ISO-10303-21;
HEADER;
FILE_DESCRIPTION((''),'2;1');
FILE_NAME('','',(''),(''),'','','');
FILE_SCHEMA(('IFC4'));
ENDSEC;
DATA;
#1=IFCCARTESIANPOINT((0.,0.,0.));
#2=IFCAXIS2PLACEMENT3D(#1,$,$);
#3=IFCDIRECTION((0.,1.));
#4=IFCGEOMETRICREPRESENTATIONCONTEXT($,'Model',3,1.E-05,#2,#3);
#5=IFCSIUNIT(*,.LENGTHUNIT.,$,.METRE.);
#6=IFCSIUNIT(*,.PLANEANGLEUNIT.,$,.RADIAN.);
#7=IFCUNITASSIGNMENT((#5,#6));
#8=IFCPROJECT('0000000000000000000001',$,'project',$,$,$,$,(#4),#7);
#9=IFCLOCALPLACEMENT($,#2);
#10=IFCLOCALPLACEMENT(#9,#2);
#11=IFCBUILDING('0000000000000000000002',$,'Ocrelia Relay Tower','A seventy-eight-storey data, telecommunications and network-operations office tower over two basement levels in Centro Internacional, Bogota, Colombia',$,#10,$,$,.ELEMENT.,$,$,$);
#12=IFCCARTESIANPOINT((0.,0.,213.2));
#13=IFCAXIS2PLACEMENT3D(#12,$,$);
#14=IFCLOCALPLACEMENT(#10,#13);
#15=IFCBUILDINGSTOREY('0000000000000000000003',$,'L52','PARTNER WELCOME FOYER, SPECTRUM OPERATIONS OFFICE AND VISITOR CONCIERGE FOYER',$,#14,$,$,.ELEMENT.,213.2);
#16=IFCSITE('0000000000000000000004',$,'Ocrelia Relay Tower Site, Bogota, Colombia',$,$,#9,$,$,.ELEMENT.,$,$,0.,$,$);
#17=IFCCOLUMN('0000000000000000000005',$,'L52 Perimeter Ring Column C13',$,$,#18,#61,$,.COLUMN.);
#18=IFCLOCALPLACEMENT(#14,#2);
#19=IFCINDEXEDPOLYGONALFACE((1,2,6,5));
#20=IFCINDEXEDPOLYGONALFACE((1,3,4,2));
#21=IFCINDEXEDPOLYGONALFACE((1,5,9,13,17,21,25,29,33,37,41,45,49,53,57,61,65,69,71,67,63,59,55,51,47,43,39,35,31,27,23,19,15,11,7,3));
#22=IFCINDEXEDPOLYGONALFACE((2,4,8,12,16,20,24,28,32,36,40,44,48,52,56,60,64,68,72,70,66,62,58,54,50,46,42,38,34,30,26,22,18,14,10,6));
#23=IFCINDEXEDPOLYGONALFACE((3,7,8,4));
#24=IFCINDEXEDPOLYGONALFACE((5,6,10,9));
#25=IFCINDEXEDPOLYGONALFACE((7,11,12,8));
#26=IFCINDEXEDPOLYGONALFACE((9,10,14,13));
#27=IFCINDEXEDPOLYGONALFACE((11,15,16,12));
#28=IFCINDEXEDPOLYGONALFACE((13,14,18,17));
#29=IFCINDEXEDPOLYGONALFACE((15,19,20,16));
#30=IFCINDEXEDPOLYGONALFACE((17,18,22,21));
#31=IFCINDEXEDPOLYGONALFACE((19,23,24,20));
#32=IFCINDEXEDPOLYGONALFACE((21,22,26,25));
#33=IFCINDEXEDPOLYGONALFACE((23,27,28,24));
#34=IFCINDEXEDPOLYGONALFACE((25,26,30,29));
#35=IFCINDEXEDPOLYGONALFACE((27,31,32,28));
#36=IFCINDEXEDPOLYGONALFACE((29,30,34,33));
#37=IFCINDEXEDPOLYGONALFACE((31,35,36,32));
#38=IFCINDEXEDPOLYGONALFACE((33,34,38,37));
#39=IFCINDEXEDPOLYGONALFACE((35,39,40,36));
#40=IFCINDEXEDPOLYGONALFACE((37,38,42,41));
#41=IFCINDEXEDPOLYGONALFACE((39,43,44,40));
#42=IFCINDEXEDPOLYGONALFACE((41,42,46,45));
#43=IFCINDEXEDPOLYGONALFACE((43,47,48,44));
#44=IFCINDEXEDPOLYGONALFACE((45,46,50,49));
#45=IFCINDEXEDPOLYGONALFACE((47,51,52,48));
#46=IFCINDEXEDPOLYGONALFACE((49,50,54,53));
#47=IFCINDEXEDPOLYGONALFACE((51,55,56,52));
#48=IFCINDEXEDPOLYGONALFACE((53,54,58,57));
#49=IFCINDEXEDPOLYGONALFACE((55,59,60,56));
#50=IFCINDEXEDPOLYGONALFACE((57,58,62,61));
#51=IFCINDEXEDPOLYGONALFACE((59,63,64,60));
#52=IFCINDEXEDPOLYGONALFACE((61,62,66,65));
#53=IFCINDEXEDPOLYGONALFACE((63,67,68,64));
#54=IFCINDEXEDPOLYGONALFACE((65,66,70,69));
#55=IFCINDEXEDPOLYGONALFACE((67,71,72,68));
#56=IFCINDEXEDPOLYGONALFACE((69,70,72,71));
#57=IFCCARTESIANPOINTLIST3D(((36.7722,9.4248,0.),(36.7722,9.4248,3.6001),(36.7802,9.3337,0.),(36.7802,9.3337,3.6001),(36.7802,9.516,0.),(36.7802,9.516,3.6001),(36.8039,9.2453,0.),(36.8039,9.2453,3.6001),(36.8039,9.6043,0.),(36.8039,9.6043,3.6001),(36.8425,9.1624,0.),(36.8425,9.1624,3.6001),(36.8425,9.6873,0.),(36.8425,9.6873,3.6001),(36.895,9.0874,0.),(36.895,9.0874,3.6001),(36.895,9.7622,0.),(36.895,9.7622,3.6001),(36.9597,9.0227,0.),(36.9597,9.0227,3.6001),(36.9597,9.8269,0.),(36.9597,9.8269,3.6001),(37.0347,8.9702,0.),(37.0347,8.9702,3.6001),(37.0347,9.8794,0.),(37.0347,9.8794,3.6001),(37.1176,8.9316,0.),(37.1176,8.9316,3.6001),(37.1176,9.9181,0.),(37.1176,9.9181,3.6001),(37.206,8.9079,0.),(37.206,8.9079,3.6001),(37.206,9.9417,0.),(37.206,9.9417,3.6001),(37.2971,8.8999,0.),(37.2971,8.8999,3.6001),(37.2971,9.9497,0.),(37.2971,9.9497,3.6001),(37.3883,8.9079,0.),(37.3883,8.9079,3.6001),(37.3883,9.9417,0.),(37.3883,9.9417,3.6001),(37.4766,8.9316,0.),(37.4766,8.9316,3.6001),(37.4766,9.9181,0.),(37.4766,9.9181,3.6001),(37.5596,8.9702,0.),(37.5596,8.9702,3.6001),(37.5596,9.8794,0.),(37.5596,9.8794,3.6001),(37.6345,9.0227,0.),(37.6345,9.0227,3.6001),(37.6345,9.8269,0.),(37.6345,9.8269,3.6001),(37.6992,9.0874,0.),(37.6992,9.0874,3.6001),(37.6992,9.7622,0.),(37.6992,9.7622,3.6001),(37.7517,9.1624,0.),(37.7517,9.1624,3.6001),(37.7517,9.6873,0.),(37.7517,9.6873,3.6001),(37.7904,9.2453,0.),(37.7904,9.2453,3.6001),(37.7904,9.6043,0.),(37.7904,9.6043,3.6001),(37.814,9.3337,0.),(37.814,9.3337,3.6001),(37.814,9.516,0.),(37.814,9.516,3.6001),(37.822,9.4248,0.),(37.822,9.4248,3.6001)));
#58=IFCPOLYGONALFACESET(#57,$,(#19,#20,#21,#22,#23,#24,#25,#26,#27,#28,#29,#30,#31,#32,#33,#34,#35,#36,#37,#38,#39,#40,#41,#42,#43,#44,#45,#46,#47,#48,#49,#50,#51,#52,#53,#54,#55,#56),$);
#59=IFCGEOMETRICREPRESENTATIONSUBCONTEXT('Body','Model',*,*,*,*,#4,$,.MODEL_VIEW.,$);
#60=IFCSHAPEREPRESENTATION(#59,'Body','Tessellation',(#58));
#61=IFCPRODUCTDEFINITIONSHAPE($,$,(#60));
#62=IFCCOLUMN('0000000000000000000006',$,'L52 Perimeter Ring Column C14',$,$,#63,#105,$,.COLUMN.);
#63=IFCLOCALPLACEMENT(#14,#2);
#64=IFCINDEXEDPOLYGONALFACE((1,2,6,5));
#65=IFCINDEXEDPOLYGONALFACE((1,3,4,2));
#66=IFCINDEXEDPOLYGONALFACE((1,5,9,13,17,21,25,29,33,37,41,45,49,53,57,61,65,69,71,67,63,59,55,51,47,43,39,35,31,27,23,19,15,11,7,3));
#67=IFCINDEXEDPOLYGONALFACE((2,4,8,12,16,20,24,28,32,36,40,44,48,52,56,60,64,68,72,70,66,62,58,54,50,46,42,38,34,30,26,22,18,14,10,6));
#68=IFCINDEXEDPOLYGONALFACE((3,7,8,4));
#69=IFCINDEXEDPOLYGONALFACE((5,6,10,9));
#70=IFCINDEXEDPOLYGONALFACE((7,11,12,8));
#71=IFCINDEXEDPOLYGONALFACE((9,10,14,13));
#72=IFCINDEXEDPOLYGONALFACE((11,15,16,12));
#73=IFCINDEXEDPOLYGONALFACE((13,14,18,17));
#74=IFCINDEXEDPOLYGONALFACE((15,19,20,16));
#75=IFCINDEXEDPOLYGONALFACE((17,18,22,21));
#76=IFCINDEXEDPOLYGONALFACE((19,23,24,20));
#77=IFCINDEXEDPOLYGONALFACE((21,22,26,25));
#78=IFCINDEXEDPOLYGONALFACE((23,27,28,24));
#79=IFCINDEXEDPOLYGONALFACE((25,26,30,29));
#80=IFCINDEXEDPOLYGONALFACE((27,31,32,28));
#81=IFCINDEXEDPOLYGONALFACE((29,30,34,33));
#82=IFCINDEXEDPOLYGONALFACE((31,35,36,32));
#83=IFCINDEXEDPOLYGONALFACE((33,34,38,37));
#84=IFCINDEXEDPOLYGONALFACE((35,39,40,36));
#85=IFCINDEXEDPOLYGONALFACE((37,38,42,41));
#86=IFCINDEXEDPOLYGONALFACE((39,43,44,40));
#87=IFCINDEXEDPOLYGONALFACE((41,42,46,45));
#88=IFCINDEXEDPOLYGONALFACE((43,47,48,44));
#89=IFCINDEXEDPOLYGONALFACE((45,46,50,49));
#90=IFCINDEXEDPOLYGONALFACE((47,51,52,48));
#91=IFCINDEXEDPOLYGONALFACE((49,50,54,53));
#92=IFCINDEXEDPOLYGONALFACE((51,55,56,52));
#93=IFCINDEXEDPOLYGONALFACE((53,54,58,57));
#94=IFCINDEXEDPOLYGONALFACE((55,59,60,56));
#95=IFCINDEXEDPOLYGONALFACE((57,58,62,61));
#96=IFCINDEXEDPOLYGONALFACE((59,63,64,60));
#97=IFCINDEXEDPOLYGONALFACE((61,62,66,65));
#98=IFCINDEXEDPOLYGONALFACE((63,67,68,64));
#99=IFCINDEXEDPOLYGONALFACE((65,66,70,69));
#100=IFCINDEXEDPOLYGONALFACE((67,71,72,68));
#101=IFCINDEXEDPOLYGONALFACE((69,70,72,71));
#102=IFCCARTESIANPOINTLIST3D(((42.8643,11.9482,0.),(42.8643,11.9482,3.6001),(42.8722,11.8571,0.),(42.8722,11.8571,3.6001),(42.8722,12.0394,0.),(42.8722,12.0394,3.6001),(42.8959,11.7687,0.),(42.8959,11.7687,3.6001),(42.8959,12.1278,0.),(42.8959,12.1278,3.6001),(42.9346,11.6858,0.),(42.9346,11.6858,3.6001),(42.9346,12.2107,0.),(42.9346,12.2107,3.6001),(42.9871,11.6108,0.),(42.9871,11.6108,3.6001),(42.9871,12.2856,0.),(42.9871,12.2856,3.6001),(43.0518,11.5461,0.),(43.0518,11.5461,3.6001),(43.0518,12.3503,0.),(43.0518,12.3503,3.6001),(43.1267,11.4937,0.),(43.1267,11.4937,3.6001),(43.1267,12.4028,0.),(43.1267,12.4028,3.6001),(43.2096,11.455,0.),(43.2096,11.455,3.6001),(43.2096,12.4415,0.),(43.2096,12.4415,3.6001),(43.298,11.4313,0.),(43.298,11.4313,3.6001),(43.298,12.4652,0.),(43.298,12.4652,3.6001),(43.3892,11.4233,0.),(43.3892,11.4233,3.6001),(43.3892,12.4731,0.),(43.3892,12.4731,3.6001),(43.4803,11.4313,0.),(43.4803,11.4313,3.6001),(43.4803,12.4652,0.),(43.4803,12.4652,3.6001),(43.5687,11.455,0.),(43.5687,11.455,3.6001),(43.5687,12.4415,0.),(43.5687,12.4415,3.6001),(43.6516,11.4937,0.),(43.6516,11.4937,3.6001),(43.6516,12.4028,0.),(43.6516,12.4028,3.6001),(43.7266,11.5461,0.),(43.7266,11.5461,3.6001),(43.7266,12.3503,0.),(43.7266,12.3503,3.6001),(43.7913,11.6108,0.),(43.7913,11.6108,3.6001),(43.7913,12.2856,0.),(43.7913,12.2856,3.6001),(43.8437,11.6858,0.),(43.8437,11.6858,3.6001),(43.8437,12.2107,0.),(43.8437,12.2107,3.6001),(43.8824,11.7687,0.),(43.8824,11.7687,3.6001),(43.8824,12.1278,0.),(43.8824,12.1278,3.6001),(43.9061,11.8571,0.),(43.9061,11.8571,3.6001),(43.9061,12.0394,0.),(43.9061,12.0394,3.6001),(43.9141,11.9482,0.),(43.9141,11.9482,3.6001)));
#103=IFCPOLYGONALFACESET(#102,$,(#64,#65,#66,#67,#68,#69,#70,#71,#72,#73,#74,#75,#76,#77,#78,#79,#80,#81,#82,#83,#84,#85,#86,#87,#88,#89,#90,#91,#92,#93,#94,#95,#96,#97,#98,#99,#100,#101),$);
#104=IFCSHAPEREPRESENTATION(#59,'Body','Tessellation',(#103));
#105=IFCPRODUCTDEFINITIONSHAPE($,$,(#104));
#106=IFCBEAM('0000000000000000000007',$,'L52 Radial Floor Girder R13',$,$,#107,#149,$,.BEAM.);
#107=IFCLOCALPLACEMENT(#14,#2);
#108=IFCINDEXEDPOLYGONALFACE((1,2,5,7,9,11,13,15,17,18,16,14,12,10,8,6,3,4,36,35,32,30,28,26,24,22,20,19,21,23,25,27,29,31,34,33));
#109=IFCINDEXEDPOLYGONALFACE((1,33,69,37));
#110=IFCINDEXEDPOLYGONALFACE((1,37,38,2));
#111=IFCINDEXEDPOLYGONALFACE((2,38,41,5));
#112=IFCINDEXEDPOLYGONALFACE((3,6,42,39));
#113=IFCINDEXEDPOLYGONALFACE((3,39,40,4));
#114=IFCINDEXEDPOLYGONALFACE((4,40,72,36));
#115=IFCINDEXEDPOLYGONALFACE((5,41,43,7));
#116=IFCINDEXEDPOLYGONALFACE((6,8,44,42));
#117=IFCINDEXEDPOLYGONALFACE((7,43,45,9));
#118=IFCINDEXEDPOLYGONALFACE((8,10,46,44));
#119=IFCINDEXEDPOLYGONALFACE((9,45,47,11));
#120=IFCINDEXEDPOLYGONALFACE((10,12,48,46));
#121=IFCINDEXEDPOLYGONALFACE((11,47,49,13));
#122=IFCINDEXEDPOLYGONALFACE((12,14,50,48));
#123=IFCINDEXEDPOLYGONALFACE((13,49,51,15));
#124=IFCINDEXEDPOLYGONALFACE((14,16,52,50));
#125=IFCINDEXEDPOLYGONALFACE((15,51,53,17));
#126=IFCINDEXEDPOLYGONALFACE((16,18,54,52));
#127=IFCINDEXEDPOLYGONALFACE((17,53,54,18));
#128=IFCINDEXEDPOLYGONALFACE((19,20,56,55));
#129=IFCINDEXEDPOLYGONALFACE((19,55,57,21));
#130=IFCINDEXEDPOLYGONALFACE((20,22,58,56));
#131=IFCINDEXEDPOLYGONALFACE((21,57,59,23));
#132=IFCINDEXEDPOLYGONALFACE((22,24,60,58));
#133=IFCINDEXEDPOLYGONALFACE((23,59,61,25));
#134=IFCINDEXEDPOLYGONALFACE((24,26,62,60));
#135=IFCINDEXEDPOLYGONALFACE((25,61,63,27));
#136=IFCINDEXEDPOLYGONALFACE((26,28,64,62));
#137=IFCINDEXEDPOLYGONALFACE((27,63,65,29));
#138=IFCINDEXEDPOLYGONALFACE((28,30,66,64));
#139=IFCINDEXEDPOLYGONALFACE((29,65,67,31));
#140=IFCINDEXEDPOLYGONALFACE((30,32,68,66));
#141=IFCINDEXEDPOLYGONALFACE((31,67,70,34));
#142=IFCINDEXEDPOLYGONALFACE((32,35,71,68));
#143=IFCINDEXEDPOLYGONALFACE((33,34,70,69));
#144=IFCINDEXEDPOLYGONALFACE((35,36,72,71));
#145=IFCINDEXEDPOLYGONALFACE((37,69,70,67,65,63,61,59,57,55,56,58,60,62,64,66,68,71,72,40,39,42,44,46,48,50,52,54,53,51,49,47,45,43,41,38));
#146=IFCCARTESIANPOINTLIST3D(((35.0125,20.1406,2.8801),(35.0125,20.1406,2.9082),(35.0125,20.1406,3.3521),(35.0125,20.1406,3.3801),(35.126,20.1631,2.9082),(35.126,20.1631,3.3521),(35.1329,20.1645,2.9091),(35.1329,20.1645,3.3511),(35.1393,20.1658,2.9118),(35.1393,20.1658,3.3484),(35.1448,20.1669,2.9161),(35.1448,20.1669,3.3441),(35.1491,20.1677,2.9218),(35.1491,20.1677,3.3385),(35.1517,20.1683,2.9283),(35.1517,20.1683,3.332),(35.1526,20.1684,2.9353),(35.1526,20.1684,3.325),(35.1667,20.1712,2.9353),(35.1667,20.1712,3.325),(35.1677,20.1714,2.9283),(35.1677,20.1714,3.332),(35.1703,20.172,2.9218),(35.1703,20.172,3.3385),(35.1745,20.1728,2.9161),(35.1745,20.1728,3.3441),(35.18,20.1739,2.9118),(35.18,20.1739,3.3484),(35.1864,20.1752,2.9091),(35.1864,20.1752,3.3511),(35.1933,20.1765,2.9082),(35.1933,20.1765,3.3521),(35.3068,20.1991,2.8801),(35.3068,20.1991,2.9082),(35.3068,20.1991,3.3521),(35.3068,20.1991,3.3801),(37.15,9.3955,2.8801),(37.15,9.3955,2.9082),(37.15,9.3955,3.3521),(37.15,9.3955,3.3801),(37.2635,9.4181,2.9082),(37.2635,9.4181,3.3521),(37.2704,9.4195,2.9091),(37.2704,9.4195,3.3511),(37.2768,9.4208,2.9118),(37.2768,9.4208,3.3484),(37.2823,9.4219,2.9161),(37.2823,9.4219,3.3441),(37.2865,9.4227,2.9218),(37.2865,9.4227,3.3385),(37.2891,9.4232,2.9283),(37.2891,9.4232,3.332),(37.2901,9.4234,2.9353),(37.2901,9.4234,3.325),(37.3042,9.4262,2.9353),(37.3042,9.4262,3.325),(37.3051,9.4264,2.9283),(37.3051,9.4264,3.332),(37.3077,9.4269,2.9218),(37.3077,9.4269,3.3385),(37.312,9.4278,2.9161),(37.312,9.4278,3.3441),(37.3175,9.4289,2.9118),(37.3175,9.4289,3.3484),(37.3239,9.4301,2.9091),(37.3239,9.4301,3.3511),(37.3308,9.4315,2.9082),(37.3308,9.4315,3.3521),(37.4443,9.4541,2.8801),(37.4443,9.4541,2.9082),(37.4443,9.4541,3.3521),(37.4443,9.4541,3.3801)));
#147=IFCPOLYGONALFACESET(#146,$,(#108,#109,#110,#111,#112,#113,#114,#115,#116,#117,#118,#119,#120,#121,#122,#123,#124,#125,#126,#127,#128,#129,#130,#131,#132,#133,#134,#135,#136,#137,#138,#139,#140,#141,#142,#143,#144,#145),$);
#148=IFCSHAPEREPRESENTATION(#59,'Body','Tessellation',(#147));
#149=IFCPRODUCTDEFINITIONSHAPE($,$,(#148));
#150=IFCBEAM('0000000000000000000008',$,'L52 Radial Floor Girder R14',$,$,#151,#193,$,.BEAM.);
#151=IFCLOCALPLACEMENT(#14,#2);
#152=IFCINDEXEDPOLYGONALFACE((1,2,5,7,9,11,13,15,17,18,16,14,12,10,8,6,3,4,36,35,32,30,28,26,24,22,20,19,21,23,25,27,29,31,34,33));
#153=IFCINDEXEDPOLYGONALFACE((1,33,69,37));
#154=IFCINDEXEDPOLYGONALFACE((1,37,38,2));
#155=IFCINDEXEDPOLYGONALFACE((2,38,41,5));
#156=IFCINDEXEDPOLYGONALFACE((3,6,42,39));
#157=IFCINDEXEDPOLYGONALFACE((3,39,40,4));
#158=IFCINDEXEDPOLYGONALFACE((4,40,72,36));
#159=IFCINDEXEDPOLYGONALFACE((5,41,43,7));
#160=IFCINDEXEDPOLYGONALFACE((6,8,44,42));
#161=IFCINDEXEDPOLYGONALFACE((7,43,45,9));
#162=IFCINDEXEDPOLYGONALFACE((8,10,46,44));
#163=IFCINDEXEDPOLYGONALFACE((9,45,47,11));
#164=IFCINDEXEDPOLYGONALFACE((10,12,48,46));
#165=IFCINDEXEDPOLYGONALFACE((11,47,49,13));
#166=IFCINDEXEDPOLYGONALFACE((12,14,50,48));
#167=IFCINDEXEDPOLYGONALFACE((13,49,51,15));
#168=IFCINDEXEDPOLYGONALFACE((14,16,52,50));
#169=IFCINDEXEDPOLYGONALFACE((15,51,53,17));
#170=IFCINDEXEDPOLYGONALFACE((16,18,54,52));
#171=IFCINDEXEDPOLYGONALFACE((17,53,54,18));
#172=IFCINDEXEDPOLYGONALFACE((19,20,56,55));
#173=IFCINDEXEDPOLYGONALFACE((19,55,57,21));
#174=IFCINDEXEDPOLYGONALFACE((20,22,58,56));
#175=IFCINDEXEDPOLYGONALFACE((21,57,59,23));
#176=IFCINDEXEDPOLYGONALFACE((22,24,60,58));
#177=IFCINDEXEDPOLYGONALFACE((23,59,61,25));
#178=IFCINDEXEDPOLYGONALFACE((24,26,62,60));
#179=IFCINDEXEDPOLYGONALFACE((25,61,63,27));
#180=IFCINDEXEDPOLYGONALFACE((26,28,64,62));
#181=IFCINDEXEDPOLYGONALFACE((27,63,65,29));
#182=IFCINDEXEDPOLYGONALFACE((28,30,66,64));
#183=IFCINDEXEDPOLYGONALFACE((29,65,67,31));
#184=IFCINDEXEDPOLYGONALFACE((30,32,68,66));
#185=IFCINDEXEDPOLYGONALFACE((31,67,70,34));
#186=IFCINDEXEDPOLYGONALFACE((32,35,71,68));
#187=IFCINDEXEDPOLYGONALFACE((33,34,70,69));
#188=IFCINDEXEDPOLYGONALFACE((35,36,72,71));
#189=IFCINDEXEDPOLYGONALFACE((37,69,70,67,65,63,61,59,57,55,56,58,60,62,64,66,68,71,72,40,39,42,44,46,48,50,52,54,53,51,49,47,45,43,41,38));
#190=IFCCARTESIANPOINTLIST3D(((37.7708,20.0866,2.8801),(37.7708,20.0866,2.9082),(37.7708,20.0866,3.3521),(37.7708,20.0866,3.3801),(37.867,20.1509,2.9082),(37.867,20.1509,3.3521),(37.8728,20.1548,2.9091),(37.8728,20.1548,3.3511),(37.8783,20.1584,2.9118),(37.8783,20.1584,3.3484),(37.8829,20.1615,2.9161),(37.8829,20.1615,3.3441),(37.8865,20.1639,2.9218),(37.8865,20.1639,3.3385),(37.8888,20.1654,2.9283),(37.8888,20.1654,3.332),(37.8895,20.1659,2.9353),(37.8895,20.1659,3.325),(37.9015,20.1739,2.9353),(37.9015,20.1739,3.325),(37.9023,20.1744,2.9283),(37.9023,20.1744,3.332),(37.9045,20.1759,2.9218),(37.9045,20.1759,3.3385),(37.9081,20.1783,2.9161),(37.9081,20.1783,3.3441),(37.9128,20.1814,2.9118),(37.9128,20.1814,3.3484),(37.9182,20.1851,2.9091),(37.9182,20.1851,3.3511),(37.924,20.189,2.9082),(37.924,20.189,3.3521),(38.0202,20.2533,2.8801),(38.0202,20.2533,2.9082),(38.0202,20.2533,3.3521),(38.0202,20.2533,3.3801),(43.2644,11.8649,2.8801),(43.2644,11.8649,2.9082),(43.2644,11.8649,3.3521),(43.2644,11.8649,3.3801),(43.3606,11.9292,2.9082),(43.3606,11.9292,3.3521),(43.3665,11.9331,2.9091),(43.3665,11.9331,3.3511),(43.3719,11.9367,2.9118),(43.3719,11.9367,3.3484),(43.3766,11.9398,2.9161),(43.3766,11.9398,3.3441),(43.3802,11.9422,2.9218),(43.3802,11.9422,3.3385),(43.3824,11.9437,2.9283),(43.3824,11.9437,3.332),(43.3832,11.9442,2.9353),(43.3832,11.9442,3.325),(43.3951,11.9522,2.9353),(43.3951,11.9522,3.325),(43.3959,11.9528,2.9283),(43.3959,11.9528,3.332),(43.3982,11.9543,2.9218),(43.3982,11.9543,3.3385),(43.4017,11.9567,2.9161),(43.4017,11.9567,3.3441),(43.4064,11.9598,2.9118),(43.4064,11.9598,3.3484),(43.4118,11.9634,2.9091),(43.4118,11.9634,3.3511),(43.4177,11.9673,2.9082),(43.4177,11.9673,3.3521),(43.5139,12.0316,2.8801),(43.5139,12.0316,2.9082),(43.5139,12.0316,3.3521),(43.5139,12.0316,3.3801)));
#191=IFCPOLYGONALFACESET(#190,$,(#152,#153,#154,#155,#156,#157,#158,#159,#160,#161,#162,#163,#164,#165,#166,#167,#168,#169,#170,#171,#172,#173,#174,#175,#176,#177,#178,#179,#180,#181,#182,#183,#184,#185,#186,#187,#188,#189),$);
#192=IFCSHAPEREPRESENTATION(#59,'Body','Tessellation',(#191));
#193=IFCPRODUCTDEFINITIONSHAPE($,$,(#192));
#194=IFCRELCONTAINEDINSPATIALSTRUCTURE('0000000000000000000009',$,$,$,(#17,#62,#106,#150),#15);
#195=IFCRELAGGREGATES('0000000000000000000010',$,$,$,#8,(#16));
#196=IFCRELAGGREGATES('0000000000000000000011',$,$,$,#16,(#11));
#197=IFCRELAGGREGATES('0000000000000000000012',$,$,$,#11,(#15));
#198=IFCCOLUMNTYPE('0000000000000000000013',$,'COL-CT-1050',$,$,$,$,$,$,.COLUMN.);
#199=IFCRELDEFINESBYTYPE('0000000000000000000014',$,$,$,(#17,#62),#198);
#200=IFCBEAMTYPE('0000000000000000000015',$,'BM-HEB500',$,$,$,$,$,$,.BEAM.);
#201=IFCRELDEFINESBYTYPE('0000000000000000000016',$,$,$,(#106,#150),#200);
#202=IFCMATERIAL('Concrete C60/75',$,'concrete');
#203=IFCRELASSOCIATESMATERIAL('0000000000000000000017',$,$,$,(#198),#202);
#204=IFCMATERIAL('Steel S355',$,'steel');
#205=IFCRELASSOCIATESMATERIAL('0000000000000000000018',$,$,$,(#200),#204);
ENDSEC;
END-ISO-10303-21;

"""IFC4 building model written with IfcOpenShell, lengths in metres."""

from ifc_helpers import new_model, si_unit, direction, frame, origin, origin_2d, place, context, subcontext, project, spatial, circle, i_section, extrude, material, material_profile, profile_set, type_object, element, save


model = new_model("IFC4")

# Units and contexts
model_context = context("Model", 3, precision=1e-05, world=origin(), true_north=direction((0.0, 1.0)))
body_context = subcontext(model_context, "Body", "Model", "MODEL_VIEW")
ifc_project = project(units=[si_unit("LENGTHUNIT", "METRE"), si_unit("PLANEANGLEUNIT", "RADIAN")], contexts=[model_context])

# Site, building, storey
site_placement = place(None, origin())
site = spatial("IfcSite", under=ifc_project, at=site_placement, Name="Ocrelia Relay Tower Site, Bogota, Colombia", CompositionType="ELEMENT", RefElevation=0.0)
building_placement = place(site_placement, origin())
building = spatial("IfcBuilding", under=site, at=building_placement, Name="Ocrelia Relay Tower", Description="A seventy-eight-storey data, telecommunications and network-operations office tower over two basement levels in Centro Internacional, Bogota, Colombia", CompositionType="ELEMENT")
storey_placement = place(building_placement, frame((0.0, 0.0, 213.2)))
storey = spatial("IfcBuildingStorey", under=building, at=storey_placement, Name="L52", Description="PARTNER WELCOME FOYER, SPECTRUM OPERATIONS OFFICE AND VISITOR CONCIERGE FOYER", CompositionType="ELEMENT", Elevation=213.2)

# Columns
ifc_material_1 = material(Name="Concrete C60/75", Category="concrete")
ifc_material_profile_1 = material_profile(ifc_material_1, circle(Radius=0.5249, at=origin_2d()), Name="RC-CIR-1050")
ifc_profile_set_1 = profile_set([ifc_material_profile_1], Name="Concrete C60/75")
column_type = type_object("IfcColumnType", Name="COL-CT-1050", PredefinedType="COLUMN", material=ifc_profile_set_1)
for number, where, z_axis, x_axis, name in (
    (1, (37.2971, 9.4248, 0.0), (0.0, 0.0, 1.0), (1.0, 0.0, 0.0), "L52 Perimeter Ring Column C13"),
    (2, (43.3892, 11.9482, 0.0), (0.0, 0.0, 1.0), (1.0, 0.0, 0.0), "L52 Perimeter Ring Column C14"),
):
    element("IfcColumn", number, at=place(storey_placement, frame(where, z_axis=z_axis, x_axis=x_axis)), inside=storey, type_object=column_type, Name=name, PredefinedType="COLUMN", context=body_context, shape_type="SweptSolid", body=[
        extrude(circle(Radius=0.5249, at=origin_2d()), origin(), (0.0, 0.0, 1.0), 3.6001),
    ])

# Beams
ifc_material_2 = material(Name="Steel S355", Category="steel")
ifc_material_profile_2 = material_profile(ifc_material_2, i_section(OverallWidth=0.3, OverallDepth=0.5, WebThickness=0.0144, FlangeThickness=0.0281, FilletRadius=0.0271, at=origin_2d()), Name="HEB 500")
ifc_profile_set_2 = profile_set([ifc_material_profile_2], Name="Steel S355")
beam_type_1 = type_object("IfcBeamType", Name="BM-HEB500", PredefinedType="BEAM", material=ifc_profile_set_2)
beam_1_placement = place(storey_placement, frame((37.2971, 9.4248, 3.1301), z_axis=(-0.1951, 0.980783, 0.0), x_axis=(-0.980783, -0.1951, 0.0)))
element("IfcBeam", 3, at=beam_1_placement, inside=storey, type_object=beam_type_1, Name="L52 Radial Floor Girder R13", PredefinedType="BEAM", context=body_context, shape_type="SweptSolid", body=[
    extrude(i_section(OverallWidth=0.3, OverallDepth=0.5, WebThickness=0.0144, FlangeThickness=0.0281, FilletRadius=0.0271, at=origin_2d()), origin(), (0.0, 0.0, 1.0), 10.9556),
])
beam_2_placement = place(storey_placement, frame((43.3892, 11.9482, 3.1301), z_axis=(-0.555577, 0.831465, 0.0), x_axis=(-0.831465, -0.555577, 0.0)))
element("IfcBeam", 4, at=beam_2_placement, inside=storey, type_object=beam_type_1, Name="L52 Radial Floor Girder R14", PredefinedType="BEAM", context=body_context, shape_type="SweptSolid", body=[
    extrude(i_section(OverallWidth=0.3, OverallDepth=0.5, WebThickness=0.0144, FlangeThickness=0.0281, FilletRadius=0.0271, at=origin_2d()), origin(), (0.0, 0.0, 1.0), 9.8882),
])

save(model, "model.ifc")
